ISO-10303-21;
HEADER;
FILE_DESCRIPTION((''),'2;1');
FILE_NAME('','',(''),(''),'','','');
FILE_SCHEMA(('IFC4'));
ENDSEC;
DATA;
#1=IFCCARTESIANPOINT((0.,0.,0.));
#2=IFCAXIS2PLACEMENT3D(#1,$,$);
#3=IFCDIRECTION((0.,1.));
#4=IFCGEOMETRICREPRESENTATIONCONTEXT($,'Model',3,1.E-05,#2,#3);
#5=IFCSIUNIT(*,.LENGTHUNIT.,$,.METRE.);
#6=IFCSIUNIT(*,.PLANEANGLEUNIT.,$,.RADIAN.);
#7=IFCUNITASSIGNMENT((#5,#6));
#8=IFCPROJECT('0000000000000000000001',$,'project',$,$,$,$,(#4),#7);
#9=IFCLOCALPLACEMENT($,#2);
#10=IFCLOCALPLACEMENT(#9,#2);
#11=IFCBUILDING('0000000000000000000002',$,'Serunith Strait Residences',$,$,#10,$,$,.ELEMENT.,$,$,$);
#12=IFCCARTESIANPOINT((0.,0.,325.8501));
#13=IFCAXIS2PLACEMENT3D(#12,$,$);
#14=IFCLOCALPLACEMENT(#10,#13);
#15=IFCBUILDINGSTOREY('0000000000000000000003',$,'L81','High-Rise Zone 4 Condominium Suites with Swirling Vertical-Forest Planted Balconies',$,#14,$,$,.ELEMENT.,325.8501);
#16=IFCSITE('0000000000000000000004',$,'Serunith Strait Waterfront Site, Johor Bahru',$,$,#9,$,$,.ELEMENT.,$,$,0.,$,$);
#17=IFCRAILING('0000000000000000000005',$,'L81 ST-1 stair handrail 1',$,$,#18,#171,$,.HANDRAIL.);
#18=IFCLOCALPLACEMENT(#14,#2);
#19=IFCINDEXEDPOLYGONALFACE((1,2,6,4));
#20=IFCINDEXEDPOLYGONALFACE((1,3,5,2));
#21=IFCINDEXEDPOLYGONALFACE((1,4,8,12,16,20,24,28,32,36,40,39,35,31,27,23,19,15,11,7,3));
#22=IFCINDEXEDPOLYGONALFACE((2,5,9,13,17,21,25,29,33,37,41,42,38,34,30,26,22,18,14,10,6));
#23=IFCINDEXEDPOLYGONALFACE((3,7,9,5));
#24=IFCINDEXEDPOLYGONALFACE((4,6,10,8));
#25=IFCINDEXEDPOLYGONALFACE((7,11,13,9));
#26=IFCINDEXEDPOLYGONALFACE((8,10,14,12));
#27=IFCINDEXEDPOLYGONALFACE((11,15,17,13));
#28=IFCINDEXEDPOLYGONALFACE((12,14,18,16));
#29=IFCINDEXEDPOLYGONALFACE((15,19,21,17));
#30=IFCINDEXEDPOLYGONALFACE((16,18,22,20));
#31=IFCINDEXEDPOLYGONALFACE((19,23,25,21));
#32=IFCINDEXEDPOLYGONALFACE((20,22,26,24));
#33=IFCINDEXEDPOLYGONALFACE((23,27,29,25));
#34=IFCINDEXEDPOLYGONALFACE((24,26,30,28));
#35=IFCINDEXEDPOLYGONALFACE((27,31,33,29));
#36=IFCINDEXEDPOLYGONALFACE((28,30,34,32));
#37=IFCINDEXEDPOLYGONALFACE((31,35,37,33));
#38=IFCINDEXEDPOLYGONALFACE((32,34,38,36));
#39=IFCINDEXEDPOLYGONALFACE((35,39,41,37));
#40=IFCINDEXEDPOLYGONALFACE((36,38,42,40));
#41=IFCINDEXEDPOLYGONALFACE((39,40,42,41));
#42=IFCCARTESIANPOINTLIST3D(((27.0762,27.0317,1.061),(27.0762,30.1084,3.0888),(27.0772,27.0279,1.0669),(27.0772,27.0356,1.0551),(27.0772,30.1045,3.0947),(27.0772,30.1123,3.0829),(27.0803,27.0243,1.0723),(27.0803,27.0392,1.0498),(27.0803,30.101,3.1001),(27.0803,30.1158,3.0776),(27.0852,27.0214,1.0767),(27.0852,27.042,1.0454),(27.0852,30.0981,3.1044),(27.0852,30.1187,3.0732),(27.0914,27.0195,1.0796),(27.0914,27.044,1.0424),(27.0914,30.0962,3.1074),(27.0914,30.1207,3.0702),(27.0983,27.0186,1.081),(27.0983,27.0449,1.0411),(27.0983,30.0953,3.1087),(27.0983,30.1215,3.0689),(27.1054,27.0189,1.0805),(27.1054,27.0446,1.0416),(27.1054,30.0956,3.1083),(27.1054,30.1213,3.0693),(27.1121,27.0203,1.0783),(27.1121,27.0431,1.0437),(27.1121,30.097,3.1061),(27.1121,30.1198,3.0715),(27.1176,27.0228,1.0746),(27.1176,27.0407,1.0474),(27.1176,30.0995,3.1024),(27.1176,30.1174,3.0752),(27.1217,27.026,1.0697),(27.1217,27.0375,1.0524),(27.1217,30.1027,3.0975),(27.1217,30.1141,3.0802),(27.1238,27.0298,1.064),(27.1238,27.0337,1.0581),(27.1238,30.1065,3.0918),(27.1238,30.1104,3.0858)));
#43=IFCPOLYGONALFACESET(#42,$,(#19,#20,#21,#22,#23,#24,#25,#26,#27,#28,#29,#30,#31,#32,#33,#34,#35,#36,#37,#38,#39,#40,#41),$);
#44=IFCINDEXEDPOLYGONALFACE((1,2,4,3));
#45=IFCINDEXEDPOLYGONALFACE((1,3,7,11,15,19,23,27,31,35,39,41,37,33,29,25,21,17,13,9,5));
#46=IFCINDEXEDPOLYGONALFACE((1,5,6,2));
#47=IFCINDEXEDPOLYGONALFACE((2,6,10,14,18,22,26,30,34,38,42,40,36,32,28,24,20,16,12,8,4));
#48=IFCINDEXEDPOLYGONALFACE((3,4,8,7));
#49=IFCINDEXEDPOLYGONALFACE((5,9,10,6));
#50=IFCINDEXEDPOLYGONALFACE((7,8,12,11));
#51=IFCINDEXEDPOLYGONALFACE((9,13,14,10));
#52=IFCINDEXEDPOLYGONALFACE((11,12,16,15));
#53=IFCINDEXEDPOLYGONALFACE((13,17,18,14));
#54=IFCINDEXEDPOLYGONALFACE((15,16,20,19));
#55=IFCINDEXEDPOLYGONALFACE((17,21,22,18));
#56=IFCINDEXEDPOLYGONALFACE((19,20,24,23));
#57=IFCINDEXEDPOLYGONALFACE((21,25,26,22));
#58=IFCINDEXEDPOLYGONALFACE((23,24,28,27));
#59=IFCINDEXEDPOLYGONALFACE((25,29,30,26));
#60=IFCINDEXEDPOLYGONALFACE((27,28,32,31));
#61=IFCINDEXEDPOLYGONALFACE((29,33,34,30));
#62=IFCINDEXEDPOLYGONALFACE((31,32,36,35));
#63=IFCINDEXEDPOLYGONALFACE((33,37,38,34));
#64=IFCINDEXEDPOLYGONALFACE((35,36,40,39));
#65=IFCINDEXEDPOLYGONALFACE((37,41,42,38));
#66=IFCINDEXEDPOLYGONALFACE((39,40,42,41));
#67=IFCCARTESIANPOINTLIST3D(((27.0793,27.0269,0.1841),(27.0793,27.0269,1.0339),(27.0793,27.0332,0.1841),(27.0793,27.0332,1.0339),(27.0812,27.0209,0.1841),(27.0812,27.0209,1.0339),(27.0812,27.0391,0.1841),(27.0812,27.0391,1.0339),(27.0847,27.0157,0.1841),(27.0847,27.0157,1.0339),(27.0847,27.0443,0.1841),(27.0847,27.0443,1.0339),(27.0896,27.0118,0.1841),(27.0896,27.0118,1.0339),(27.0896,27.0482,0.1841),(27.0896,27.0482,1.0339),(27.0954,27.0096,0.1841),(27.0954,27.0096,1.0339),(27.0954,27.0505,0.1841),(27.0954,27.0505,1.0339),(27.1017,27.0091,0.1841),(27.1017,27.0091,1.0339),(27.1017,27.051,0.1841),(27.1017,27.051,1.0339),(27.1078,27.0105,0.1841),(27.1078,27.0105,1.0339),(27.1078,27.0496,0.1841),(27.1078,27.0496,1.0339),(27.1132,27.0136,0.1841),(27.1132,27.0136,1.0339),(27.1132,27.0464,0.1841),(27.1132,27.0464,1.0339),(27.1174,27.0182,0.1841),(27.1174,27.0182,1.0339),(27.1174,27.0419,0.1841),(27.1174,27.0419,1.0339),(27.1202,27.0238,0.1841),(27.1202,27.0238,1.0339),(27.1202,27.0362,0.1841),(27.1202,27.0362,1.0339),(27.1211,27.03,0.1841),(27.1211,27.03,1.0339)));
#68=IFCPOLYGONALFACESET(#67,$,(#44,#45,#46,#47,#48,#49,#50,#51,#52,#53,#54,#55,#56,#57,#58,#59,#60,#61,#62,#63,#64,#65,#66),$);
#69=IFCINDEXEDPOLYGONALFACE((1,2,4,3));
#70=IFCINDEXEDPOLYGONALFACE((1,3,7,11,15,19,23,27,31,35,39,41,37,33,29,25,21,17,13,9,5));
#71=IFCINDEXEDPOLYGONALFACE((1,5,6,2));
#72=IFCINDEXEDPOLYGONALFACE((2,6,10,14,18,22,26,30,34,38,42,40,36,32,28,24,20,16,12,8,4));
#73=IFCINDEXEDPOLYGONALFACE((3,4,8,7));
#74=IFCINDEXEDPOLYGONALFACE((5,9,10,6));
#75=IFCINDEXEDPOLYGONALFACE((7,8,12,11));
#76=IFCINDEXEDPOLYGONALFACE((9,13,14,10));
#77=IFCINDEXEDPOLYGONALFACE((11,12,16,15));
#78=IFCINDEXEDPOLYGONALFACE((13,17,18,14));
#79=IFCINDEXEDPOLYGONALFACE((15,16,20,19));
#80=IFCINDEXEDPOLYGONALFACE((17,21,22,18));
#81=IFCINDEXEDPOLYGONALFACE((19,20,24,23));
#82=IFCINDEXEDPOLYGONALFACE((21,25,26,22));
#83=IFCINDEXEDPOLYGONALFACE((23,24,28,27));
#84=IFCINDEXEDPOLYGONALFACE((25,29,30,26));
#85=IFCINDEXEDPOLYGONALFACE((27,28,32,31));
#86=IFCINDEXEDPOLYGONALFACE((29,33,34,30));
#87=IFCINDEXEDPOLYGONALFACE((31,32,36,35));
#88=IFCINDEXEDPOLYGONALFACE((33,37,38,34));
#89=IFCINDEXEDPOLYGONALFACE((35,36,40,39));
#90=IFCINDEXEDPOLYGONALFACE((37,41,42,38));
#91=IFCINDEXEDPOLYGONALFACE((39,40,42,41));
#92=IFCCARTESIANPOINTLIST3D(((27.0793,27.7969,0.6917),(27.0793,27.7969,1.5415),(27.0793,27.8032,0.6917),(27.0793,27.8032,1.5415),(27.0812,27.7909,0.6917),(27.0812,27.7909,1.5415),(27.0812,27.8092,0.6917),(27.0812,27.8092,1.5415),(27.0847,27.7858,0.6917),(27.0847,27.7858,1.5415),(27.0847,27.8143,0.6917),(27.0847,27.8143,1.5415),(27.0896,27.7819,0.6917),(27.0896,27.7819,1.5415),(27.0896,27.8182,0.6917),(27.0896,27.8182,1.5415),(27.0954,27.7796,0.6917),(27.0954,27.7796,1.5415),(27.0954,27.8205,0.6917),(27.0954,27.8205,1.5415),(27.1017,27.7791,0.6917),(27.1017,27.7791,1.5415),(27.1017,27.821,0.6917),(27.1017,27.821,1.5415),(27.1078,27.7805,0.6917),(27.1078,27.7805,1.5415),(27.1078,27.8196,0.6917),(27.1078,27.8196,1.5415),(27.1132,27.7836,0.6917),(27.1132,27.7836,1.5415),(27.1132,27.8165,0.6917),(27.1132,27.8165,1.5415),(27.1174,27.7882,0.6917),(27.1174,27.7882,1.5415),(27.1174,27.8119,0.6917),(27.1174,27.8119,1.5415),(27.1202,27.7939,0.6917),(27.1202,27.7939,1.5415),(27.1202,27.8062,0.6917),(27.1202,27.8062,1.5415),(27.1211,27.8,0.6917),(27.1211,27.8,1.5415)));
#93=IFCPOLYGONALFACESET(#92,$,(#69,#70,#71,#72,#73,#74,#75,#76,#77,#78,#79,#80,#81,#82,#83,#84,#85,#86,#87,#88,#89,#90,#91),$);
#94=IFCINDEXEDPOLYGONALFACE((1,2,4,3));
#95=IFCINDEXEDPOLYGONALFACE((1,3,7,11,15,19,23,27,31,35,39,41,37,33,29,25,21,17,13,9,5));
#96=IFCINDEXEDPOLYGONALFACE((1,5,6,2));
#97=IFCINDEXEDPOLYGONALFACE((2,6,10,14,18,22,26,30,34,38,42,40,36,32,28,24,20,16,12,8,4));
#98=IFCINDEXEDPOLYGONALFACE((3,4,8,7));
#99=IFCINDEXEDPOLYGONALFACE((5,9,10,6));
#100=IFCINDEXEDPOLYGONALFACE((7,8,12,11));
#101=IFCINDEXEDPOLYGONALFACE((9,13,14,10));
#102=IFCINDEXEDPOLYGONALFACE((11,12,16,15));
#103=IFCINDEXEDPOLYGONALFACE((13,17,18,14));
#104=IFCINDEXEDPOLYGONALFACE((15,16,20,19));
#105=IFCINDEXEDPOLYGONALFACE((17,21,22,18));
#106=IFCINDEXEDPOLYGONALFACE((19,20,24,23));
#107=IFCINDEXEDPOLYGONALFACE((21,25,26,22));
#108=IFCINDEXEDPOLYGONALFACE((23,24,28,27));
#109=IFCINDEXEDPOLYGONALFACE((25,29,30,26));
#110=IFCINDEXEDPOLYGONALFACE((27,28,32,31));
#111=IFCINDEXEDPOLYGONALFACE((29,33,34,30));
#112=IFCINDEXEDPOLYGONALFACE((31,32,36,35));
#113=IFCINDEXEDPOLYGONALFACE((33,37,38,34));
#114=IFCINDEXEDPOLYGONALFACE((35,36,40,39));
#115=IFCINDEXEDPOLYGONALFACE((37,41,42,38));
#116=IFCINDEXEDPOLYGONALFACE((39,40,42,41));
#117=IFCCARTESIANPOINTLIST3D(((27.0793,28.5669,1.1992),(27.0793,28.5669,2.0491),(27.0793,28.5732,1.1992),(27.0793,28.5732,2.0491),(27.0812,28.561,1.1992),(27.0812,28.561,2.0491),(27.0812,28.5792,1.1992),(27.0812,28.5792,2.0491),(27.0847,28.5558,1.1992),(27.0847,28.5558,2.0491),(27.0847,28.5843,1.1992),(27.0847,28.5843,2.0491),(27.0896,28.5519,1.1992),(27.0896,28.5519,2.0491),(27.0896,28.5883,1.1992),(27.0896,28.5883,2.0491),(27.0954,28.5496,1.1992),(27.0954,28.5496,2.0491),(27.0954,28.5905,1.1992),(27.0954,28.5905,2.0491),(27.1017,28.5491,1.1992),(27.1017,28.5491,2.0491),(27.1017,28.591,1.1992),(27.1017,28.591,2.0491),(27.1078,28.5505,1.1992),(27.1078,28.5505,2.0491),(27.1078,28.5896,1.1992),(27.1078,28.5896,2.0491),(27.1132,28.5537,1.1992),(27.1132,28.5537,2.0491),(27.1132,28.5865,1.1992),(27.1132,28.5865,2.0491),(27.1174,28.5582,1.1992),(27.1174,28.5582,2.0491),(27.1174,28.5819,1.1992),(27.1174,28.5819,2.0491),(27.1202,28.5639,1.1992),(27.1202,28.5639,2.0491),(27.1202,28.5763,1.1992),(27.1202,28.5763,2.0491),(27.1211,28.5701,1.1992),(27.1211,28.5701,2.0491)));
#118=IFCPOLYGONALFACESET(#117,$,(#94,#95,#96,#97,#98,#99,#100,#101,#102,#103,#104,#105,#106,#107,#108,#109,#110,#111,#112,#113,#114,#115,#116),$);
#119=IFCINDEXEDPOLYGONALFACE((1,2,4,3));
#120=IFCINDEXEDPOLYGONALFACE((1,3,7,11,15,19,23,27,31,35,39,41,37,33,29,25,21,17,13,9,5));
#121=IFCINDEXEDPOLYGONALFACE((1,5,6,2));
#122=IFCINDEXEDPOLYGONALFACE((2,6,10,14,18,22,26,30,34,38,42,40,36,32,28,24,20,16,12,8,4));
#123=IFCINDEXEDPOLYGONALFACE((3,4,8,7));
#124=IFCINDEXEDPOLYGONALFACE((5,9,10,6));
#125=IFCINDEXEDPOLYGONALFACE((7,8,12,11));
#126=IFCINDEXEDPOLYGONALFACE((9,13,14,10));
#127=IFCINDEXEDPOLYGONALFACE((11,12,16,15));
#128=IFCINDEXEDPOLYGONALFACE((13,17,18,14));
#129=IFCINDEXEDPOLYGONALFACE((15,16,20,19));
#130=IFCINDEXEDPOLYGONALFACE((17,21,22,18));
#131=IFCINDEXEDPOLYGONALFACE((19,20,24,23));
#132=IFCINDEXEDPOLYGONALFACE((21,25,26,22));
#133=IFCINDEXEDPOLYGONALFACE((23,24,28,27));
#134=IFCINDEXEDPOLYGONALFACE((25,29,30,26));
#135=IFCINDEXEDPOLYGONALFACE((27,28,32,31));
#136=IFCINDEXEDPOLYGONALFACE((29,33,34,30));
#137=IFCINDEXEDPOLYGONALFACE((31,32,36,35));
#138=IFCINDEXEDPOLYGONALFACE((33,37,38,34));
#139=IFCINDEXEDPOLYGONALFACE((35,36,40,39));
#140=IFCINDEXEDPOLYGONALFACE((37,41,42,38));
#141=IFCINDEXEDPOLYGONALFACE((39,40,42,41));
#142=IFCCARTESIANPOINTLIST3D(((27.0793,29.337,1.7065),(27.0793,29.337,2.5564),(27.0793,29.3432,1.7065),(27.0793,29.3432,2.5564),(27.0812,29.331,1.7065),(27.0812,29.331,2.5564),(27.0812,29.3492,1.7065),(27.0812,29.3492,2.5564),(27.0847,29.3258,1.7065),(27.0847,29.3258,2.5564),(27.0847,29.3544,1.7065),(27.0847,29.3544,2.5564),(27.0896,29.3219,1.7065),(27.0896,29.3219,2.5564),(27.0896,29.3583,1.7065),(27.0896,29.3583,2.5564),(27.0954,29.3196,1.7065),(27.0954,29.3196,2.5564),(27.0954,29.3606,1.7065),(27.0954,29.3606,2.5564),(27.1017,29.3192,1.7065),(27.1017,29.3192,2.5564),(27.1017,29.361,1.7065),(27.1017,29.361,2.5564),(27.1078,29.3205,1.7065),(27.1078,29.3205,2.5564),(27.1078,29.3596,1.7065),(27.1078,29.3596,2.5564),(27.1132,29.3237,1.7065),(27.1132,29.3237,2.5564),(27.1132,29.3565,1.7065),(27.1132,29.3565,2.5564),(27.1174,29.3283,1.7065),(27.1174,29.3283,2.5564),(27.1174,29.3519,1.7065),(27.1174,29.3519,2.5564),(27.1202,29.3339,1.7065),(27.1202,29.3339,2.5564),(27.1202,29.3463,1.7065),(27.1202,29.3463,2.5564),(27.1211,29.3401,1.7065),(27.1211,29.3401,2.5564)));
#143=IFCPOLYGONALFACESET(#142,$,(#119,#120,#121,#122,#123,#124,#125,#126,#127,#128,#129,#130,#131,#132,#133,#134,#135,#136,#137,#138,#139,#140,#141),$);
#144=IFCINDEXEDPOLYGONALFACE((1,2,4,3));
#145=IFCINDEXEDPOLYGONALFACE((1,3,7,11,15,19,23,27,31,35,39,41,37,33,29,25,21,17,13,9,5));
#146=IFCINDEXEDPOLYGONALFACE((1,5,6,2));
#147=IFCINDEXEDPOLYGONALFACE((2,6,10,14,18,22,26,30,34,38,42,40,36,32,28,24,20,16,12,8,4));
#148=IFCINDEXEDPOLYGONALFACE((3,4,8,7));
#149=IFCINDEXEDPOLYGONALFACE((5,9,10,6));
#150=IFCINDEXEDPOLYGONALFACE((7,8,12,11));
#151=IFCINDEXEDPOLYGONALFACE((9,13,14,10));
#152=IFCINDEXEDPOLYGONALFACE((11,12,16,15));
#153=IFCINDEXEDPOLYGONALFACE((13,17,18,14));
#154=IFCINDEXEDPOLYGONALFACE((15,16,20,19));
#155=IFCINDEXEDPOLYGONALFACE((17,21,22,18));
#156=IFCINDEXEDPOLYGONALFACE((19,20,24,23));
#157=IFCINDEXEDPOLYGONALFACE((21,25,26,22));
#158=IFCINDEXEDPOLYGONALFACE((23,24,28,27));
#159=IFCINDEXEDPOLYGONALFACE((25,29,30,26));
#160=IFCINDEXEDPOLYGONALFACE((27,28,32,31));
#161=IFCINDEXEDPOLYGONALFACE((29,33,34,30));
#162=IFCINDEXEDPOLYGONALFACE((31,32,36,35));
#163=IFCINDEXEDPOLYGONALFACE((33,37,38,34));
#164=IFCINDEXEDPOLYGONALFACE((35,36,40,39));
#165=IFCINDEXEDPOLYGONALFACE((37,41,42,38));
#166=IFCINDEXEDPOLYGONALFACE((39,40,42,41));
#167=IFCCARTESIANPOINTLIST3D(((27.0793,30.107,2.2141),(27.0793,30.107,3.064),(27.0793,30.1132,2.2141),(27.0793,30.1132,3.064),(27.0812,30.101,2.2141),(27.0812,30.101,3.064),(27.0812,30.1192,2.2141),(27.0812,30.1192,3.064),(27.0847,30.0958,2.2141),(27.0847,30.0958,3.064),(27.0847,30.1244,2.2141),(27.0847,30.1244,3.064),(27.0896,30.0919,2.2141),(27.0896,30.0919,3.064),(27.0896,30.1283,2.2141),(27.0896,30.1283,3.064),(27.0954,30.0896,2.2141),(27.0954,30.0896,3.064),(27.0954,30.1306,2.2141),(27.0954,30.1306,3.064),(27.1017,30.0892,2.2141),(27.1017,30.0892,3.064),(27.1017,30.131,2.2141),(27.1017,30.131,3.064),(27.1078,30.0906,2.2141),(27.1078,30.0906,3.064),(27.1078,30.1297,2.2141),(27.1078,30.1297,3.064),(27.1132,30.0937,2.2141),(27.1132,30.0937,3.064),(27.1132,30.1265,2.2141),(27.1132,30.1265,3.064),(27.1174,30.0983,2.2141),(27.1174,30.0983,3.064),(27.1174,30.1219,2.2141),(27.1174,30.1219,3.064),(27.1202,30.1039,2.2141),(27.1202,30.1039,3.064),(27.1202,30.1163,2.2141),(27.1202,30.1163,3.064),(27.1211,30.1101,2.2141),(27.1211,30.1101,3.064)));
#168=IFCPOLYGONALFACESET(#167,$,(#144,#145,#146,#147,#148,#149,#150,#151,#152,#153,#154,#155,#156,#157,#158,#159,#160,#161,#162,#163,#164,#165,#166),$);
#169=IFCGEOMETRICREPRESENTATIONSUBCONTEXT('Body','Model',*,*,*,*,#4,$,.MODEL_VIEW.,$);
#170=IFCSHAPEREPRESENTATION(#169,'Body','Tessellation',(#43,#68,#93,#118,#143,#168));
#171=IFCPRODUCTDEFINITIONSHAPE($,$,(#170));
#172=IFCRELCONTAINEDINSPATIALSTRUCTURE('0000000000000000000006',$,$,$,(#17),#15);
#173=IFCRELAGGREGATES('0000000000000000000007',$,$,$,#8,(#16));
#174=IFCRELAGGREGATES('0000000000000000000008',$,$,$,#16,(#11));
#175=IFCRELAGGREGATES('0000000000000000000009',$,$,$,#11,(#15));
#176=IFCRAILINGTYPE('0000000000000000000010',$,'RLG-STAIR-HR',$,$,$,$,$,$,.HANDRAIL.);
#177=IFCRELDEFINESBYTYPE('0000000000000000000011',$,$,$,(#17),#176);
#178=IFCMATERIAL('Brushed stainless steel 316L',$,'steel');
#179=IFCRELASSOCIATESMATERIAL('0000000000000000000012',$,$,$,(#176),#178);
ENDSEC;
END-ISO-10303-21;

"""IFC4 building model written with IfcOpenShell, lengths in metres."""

from ifc_helpers import new_model, si_unit, direction, frame, origin, origin_2d, place, context, subcontext, project, spatial, circle, extrude, material, type_object, element, save


model = new_model("IFC4")

# Units and contexts
model_context = context("Model", 3, precision=1e-05, world=origin(), true_north=direction((0.0, 1.0)))
body_context = subcontext(model_context, "Body", "Model", "MODEL_VIEW")
ifc_project = project(units=[si_unit("LENGTHUNIT", "METRE"), si_unit("PLANEANGLEUNIT", "RADIAN")], contexts=[model_context])

# Site, building, storey
site_placement = place(None, origin())
site = spatial("IfcSite", under=ifc_project, at=site_placement, Name="Serunith Strait Waterfront Site, Johor Bahru", CompositionType="ELEMENT", RefElevation=0.0)
building_placement = place(site_placement, origin())
building = spatial("IfcBuilding", under=site, at=building_placement, Name="Serunith Strait Residences", CompositionType="ELEMENT")
storey_placement = place(building_placement, frame((0.0, 0.0, 325.8501)))
storey = spatial("IfcBuildingStorey", under=building, at=storey_placement, Name="L81", Description="High-Rise Zone 4 Condominium Suites with Swirling Vertical-Forest Planted Balconies", CompositionType="ELEMENT", Elevation=325.8501)

# Railing
ifc_material_1 = material(Name="Brushed stainless steel 316L", Category="steel")
railing_type_1 = type_object("IfcRailingType", Name="RLG-STAIR-HR", PredefinedType="HANDRAIL", material=ifc_material_1)
railing_1_placement = place(storey_placement, frame((27.1001, 27.03, 0.1841)))
element("IfcRailing", 1, at=railing_1_placement, inside=storey, type_object=railing_type_1, Name="L81 ST-1 stair handrail 1", PredefinedType="HANDRAIL", context=body_context, shape_type="SweptSolid", body=[
    extrude(circle(Radius=0.0239, at=origin_2d()), frame((0.0, 0.0017, 0.877), z_axis=(0.0, 0.834961, 0.550309), x_axis=(-1.0, 0.0, 0.0)), (0.0, 0.0, 1.0), 3.6848),
    extrude(circle(Radius=0.021, at=origin_2d()), origin(), (0.0, 0.0, 1.0), 0.8499),
    extrude(circle(Radius=0.021, at=origin_2d()), frame((0.0, 0.77, 0.5076)), (0.0, 0.0, 1.0), 0.8499),
    extrude(circle(Radius=0.021, at=origin_2d()), frame((0.0, 1.54, 1.0151)), (0.0, 0.0, 1.0), 0.8499),
    extrude(circle(Radius=0.021, at=origin_2d()), frame((0.0, 2.3101, 1.5225)), (0.0, 0.0, 1.0), 0.8499),
    extrude(circle(Radius=0.021, at=origin_2d()), frame((0.0, 3.0801, 2.03)), (0.0, 0.0, 1.0), 0.8499),
])

save(model, "model.ifc")
